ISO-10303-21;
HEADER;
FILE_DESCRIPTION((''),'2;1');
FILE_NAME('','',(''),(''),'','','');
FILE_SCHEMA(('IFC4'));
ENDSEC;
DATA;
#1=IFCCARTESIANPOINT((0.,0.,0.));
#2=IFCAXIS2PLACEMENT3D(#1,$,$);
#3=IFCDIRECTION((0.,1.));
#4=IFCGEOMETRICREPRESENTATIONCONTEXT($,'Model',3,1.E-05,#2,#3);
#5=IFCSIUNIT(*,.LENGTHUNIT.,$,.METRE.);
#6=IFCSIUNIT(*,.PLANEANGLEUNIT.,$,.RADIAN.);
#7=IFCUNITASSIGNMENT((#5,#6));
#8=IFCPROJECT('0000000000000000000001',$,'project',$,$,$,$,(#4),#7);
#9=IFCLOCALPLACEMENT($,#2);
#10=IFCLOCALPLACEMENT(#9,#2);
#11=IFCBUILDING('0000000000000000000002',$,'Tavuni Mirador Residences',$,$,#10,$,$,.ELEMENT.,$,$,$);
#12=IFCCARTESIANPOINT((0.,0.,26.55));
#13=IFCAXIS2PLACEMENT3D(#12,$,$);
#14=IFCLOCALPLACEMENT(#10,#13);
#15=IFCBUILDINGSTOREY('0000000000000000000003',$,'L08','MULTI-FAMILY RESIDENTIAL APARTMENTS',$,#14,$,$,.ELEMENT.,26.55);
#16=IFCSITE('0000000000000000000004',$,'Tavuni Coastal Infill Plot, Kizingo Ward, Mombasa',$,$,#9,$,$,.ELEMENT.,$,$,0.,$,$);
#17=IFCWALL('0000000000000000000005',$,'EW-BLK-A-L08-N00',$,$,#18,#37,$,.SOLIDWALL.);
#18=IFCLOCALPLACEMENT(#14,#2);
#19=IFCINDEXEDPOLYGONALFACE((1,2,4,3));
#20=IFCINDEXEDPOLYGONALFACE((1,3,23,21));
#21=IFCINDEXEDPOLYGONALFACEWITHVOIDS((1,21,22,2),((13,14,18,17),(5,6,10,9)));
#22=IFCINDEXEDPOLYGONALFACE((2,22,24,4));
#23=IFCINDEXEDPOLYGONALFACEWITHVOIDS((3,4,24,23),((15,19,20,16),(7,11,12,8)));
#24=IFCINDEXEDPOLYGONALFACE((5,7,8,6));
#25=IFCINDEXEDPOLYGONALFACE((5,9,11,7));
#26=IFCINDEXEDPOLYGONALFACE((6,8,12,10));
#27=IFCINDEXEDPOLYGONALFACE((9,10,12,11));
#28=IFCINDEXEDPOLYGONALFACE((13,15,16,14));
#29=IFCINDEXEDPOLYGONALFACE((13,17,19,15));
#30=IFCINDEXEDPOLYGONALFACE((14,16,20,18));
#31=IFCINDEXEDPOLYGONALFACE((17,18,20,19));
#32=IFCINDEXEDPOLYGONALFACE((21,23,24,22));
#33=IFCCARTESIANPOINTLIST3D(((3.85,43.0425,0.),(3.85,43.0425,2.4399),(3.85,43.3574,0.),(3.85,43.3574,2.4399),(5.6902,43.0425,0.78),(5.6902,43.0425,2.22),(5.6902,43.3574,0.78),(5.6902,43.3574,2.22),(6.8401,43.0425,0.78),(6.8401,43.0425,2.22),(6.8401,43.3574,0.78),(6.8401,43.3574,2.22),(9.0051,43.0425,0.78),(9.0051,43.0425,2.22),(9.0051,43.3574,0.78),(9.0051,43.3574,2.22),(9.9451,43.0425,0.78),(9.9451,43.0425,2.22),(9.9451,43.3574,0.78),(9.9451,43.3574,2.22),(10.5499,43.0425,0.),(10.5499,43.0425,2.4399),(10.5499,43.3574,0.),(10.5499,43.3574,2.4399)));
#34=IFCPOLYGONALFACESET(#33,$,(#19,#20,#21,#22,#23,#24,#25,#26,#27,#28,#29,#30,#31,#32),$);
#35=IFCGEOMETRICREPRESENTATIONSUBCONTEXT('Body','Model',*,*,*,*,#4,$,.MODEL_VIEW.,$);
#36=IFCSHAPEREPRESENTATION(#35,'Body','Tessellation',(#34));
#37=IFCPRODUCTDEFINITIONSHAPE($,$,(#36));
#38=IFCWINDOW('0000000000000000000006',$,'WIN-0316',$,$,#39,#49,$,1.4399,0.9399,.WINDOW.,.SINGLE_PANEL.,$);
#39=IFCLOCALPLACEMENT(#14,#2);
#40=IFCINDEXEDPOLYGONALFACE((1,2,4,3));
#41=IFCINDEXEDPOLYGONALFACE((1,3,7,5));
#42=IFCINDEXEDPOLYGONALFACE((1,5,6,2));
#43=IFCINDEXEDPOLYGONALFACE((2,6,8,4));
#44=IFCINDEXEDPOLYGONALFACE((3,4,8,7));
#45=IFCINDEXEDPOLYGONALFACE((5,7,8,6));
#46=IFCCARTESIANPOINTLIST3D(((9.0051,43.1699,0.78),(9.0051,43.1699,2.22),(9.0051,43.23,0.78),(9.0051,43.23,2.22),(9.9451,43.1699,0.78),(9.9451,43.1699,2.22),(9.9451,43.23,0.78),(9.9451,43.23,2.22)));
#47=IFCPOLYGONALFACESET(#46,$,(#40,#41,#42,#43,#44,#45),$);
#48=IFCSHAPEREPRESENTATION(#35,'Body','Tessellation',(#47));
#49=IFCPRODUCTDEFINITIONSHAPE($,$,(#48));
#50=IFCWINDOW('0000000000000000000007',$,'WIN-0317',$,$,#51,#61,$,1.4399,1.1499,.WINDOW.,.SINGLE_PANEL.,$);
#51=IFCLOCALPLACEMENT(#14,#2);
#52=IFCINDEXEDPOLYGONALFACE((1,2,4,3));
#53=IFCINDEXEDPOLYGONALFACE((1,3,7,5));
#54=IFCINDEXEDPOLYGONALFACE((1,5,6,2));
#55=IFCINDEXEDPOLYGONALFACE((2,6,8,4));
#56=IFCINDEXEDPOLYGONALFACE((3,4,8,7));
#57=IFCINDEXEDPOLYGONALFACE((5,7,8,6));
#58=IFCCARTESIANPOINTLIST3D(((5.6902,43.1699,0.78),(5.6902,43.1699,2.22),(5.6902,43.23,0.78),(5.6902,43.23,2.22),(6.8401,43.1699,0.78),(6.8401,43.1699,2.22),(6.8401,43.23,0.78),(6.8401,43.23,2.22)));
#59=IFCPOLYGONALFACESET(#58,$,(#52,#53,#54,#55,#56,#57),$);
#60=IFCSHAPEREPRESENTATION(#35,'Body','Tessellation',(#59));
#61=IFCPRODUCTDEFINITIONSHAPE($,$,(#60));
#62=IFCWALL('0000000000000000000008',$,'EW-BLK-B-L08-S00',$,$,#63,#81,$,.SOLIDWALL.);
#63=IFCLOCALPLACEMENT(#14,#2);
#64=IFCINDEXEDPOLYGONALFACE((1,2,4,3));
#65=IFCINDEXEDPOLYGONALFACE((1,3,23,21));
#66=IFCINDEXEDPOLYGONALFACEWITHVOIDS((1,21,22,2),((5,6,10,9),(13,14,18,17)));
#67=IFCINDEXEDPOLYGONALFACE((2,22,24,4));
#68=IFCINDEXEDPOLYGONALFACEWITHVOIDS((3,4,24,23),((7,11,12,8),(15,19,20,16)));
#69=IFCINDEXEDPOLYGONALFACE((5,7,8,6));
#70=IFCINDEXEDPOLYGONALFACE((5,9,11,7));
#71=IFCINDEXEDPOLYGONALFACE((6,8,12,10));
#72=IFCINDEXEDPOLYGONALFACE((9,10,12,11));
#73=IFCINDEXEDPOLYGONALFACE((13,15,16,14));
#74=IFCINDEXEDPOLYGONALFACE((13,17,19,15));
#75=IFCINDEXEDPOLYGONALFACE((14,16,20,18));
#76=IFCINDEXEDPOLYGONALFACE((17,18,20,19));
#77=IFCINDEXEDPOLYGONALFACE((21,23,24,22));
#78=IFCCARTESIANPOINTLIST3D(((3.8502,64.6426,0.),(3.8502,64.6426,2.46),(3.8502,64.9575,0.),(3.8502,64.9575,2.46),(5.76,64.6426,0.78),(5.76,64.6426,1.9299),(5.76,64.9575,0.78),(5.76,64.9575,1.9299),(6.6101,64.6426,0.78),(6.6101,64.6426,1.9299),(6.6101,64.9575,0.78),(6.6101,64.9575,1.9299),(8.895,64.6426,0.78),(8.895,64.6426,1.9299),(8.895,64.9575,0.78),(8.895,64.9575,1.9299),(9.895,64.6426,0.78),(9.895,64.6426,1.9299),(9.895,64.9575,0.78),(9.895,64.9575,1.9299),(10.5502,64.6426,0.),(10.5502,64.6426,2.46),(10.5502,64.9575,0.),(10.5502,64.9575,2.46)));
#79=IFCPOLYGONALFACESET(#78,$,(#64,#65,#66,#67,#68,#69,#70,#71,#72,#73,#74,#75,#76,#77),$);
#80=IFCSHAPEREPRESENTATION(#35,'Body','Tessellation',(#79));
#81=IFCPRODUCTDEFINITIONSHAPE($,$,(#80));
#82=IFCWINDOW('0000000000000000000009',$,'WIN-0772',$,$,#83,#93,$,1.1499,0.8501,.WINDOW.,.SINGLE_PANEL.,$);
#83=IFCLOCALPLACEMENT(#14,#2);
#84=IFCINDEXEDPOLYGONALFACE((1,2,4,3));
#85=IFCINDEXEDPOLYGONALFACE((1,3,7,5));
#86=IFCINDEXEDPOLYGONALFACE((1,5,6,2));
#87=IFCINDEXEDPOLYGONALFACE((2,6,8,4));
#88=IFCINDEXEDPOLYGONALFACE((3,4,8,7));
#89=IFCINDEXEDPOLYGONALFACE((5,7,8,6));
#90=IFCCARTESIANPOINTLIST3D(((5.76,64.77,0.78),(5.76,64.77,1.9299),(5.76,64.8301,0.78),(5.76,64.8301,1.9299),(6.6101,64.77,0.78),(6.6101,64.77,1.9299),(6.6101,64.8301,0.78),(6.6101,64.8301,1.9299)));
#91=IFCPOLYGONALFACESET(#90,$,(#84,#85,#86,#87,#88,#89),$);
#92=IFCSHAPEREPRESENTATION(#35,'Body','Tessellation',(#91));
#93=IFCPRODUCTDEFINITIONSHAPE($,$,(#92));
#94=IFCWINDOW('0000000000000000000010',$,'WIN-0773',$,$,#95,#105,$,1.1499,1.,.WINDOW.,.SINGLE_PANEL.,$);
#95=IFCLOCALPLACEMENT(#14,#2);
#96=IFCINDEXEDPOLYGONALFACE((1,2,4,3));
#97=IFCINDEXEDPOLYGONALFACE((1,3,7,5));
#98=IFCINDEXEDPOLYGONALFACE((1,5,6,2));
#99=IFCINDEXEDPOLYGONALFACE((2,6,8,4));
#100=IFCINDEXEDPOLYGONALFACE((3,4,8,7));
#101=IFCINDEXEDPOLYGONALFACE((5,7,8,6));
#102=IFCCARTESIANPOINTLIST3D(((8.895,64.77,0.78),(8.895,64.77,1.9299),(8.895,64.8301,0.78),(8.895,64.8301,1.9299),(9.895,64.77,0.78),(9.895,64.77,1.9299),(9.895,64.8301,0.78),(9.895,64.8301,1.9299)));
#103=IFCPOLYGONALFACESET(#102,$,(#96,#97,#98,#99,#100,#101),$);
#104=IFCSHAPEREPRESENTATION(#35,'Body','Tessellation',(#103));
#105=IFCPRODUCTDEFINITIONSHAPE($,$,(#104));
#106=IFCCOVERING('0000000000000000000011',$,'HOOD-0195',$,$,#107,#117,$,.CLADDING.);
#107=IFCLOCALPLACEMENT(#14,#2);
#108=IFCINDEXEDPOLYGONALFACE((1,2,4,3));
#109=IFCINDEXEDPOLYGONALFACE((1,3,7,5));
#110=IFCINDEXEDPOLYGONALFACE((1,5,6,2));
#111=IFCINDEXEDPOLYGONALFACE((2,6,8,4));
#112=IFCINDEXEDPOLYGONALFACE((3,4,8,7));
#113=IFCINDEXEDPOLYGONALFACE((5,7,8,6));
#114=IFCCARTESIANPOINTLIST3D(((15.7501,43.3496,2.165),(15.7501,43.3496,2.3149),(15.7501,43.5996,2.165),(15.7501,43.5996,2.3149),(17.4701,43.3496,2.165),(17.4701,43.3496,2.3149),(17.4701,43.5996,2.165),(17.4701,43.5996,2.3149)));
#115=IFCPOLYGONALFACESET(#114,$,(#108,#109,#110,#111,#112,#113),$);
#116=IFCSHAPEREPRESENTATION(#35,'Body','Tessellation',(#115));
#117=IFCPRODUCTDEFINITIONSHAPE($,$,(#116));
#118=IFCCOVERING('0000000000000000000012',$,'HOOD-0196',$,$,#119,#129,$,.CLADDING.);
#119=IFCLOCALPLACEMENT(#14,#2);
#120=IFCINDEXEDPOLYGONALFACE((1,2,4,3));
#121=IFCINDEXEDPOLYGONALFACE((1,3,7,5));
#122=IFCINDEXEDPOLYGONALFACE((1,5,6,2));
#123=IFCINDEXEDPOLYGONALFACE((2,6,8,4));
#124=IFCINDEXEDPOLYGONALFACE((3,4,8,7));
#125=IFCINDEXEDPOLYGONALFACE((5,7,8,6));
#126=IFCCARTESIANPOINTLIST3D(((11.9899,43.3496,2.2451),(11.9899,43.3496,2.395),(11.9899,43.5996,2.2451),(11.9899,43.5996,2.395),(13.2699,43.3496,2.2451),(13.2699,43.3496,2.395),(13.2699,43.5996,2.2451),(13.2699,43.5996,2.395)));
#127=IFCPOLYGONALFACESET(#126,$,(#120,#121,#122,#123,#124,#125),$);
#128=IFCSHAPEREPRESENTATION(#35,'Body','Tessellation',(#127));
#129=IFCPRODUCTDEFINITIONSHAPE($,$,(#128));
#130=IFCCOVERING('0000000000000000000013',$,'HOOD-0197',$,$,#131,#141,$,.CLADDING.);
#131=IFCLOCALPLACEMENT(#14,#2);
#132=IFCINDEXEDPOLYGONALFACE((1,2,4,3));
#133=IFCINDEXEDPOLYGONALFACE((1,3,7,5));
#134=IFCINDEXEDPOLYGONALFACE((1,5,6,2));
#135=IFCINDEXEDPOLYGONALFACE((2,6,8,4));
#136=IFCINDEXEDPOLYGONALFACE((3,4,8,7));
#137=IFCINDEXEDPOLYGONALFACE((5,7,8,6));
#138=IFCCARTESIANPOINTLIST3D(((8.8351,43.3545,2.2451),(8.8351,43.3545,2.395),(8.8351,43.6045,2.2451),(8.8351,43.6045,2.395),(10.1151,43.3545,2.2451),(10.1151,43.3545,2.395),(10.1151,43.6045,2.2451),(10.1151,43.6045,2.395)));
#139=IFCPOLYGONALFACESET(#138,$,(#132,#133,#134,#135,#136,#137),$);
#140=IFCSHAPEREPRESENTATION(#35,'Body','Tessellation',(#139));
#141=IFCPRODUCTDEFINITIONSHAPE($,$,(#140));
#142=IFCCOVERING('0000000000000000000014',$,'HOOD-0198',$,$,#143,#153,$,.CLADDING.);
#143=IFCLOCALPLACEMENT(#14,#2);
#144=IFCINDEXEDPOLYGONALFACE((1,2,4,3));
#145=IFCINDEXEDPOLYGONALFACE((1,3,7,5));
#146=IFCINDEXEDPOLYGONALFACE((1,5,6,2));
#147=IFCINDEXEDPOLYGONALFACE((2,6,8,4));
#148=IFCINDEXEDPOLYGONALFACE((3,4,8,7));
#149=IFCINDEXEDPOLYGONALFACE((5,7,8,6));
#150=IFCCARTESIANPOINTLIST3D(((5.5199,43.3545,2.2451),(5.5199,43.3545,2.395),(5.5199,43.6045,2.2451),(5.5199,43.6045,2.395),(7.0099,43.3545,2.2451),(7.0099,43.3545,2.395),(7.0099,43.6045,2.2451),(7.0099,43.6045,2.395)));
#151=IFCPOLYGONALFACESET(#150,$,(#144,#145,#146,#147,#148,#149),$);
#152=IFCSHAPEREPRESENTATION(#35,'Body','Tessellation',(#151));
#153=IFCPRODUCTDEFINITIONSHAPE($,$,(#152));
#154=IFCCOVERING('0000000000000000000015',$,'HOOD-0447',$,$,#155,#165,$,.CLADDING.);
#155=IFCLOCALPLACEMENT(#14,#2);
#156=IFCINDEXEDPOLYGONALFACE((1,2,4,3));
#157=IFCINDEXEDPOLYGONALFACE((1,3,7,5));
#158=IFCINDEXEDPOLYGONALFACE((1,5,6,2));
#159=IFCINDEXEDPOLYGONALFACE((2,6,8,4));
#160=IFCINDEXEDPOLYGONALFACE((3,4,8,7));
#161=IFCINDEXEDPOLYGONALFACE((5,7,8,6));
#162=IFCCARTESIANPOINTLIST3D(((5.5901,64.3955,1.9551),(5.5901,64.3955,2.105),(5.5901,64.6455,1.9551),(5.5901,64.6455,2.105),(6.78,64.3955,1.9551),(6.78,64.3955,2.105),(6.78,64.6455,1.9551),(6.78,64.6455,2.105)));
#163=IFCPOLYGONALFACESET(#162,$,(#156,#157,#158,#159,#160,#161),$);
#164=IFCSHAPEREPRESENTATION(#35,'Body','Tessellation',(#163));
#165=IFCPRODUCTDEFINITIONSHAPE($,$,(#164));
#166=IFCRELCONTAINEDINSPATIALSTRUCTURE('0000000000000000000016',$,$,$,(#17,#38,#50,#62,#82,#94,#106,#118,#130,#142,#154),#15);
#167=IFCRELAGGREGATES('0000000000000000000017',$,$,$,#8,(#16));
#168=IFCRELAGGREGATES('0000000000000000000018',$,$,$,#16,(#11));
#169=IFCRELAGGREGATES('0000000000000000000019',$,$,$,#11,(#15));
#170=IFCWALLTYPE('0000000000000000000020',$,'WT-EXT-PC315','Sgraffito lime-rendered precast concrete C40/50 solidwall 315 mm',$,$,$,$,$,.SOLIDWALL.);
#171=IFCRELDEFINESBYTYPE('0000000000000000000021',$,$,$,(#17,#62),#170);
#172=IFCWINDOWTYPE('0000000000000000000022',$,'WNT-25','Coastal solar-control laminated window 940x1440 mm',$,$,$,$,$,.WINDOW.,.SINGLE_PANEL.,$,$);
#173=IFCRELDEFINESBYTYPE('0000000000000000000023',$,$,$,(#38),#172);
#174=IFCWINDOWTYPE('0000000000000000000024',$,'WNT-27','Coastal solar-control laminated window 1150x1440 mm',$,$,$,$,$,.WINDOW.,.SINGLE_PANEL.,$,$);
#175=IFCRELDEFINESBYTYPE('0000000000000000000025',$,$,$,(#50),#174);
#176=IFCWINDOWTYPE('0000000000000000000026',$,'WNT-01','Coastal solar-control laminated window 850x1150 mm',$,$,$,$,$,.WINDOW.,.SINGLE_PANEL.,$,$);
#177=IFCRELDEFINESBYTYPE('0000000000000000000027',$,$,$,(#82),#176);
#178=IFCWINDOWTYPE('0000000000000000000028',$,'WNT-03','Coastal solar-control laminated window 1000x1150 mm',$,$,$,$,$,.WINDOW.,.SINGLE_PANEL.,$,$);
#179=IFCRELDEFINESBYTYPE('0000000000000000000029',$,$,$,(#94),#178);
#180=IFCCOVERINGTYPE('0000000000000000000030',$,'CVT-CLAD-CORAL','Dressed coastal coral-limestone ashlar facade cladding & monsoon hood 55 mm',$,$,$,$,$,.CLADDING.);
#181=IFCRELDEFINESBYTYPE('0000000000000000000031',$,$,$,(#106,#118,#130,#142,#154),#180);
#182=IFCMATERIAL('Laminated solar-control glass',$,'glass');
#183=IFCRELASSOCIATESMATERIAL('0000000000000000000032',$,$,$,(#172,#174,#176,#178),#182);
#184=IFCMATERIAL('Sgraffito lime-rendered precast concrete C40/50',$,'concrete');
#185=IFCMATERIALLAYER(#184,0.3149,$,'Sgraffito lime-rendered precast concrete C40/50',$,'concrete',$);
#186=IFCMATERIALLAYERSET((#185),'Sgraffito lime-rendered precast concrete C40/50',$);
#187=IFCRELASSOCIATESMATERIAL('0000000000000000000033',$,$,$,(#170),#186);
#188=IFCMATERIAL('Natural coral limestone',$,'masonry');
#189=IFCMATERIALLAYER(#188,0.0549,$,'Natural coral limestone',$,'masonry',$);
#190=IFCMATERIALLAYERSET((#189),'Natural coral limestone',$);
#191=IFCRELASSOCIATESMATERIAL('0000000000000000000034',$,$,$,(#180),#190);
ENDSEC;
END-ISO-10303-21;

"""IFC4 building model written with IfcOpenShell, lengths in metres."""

from ifc_helpers import new_model, si_unit, direction, frame, frame_2d, origin, origin_2d, place, context, subcontext, project, spatial, rectangle, extrude, material, layer, layer_set, type_object, element, fill, save


model = new_model("IFC4")

# Units and contexts
model_context = context("Model", 3, precision=1e-05, world=origin(), true_north=direction((0.0, 1.0)))
body_context = subcontext(model_context, "Body", "Model", "MODEL_VIEW")
ifc_project = project(units=[si_unit("LENGTHUNIT", "METRE"), si_unit("PLANEANGLEUNIT", "RADIAN")], contexts=[model_context])

# Site, building, storey
site_placement = place(None, origin())
site = spatial("IfcSite", under=ifc_project, at=site_placement, Name="Tavuni Coastal Infill Plot, Kizingo Ward, Mombasa", CompositionType="ELEMENT", RefElevation=0.0)
building_placement = place(site_placement, origin())
building = spatial("IfcBuilding", under=site, at=building_placement, Name="Tavuni Mirador Residences", CompositionType="ELEMENT")
storey_placement = place(building_placement, frame((0.0, 0.0, 26.55)))
storey = spatial("IfcBuildingStorey", under=building, at=storey_placement, Name="L08", Description="MULTI-FAMILY RESIDENTIAL APARTMENTS", CompositionType="ELEMENT", Elevation=26.55)

# Walls, openings, windows
ifc_material_1 = material(Name="Sgraffito lime-rendered precast concrete C40/50", Category="concrete")
ifc_material_2 = material(Name="Laminated solar-control glass", Category="glass")
window_type_1 = type_object("IfcWindowType", Name="WNT-25", Description="Coastal solar-control laminated window 940x1440 mm", PartitioningType="SINGLE_PANEL", PredefinedType="WINDOW", material=ifc_material_2)
ifc_layer_1 = layer(ifc_material_1, 0.3149, Name="Sgraffito lime-rendered precast concrete C40/50", Category="concrete")
ifc_layer_set_1 = layer_set([ifc_layer_1], Name="Sgraffito lime-rendered precast concrete C40/50")
wall_type_1 = type_object("IfcWallType", Name="WT-EXT-PC315", Description="Sgraffito lime-rendered precast concrete C40/50 solidwall 315 mm", PredefinedType="SOLIDWALL", material=ifc_layer_set_1)
wall_1_placement = place(storey_placement, frame((10.55, 43.2, 0.0), z_axis=(0.0, 0.0, 1.0), x_axis=(-1.0, 0.0, 0.0)))
wall_1 = element("IfcWall", 1, at=wall_1_placement, inside=storey, type_object=wall_type_1, Name="EW-BLK-A-L08-N00", PredefinedType="SOLIDWALL", context=body_context, shape_type="SweptSolid", body=[
    extrude(rectangle(XDim=6.7, YDim=0.3149, at=frame_2d((3.3501, 0.0))), origin(), (0.0, 0.0, 1.0), 2.4399),
])
opening_1_placement = place(wall_1_placement, frame((0.605, 0.0, 0.78)))
opening_1 = element("IfcOpeningElement", 2, at=opening_1_placement, cuts=wall_1, PredefinedType="OPENING", context=body_context, shape_type="SweptSolid", body=[
    extrude(rectangle(XDim=0.9399, YDim=1.4399, at=frame_2d((0.47, 0.72))), frame((0.0, 0.1675, 0.0), z_axis=(0.0, -1.0, 0.0), x_axis=(1.0, 0.0, 0.0)), (0.0, 0.0, 1.0), 0.335),
])
opening_2_placement = place(wall_1_placement, frame((3.71, 0.0, 0.78)))
opening_2 = element("IfcOpeningElement", 3, at=opening_2_placement, cuts=wall_1, PredefinedType="OPENING", context=body_context, shape_type="SweptSolid", body=[
    extrude(rectangle(XDim=1.1499, YDim=1.4399, at=frame_2d((0.575, 0.72))), frame((0.0, 0.1675, 0.0), z_axis=(0.0, -1.0, 0.0), x_axis=(1.0, 0.0, 0.0)), (0.0, 0.0, 1.0), 0.335),
])
window_1_placement = place(opening_1_placement, origin())
window_1 = element("IfcWindow", 4, at=window_1_placement, inside=storey, type_object=window_type_1, Name="WIN-0316", OverallHeight=1.4399, OverallWidth=0.9399, PartitioningType="SINGLE_PANEL", PredefinedType="WINDOW", context=body_context, shape_type="SweptSolid", body=[
    extrude(rectangle(XDim=0.9399, YDim=1.4399, at=frame_2d((0.47, 0.72))), frame((0.0, 0.03, 0.0), z_axis=(0.0, -1.0, 0.0), x_axis=(1.0, 0.0, 0.0)), (0.0, 0.0, 1.0), 0.0601),
])
fill(opening_1, window_1)
window_type_2 = type_object("IfcWindowType", Name="WNT-27", Description="Coastal solar-control laminated window 1150x1440 mm", PartitioningType="SINGLE_PANEL", PredefinedType="WINDOW", material=ifc_material_2)
window_2_placement = place(opening_2_placement, origin())
window_2 = element("IfcWindow", 5, at=window_2_placement, inside=storey, type_object=window_type_2, Name="WIN-0317", OverallHeight=1.4399, OverallWidth=1.1499, PartitioningType="SINGLE_PANEL", PredefinedType="WINDOW", context=body_context, shape_type="SweptSolid", body=[
    extrude(rectangle(XDim=1.1499, YDim=1.4399, at=frame_2d((0.575, 0.72))), frame((0.0, 0.03, 0.0), z_axis=(0.0, -1.0, 0.0), x_axis=(1.0, 0.0, 0.0)), (0.0, 0.0, 1.0), 0.0601),
])
fill(opening_2, window_2)
wall_2_placement = place(storey_placement, frame((3.8501, 64.8, 0.0), z_axis=(0.0, 0.0, 1.0), x_axis=(1.0, 0.0, 0.0)))
wall_2 = element("IfcWall", 6, at=wall_2_placement, inside=storey, type_object=wall_type_1, Name="EW-BLK-B-L08-S00", PredefinedType="SOLIDWALL", context=body_context, shape_type="SweptSolid", body=[
    extrude(rectangle(XDim=6.7, YDim=0.3149, at=frame_2d((3.3501, 0.0))), origin(), (0.0, 0.0, 1.0), 2.46),
])
opening_3_placement = place(wall_2_placement, frame((1.9099, 0.0, 0.78)))
opening_3 = element("IfcOpeningElement", 7, at=opening_3_placement, cuts=wall_2, PredefinedType="OPENING", context=body_context, shape_type="SweptSolid", body=[
    extrude(rectangle(XDim=0.8501, YDim=1.1499, at=frame_2d((0.425, 0.575))), frame((0.0, 0.1675, 0.0), z_axis=(0.0, -1.0, 0.0), x_axis=(1.0, 0.0, 0.0)), (0.0, 0.0, 1.0), 0.335),
])
opening_4_placement = place(wall_2_placement, frame((5.0449, 0.0, 0.78)))
opening_4 = element("IfcOpeningElement", 8, at=opening_4_placement, cuts=wall_2, PredefinedType="OPENING", context=body_context, shape_type="SweptSolid", body=[
    extrude(rectangle(XDim=1.0, YDim=1.1499, at=frame_2d((0.5, 0.575))), frame((0.0, 0.1675, 0.0), z_axis=(0.0, -1.0, 0.0), x_axis=(1.0, 0.0, 0.0)), (0.0, 0.0, 1.0), 0.335),
])
window_type_3 = type_object("IfcWindowType", Name="WNT-01", Description="Coastal solar-control laminated window 850x1150 mm", PartitioningType="SINGLE_PANEL", PredefinedType="WINDOW", material=ifc_material_2)
window_3_placement = place(opening_3_placement, origin())
window_3 = element("IfcWindow", 9, at=window_3_placement, inside=storey, type_object=window_type_3, Name="WIN-0772", OverallHeight=1.1499, OverallWidth=0.8501, PartitioningType="SINGLE_PANEL", PredefinedType="WINDOW", context=body_context, shape_type="SweptSolid", body=[
    extrude(rectangle(XDim=0.8501, YDim=1.1499, at=frame_2d((0.425, 0.575))), frame((0.0, 0.03, 0.0), z_axis=(0.0, -1.0, 0.0), x_axis=(1.0, 0.0, 0.0)), (0.0, 0.0, 1.0), 0.0601),
])
fill(opening_3, window_3)
window_type_4 = type_object("IfcWindowType", Name="WNT-03", Description="Coastal solar-control laminated window 1000x1150 mm", PartitioningType="SINGLE_PANEL", PredefinedType="WINDOW", material=ifc_material_2)
window_4_placement = place(opening_4_placement, origin())
window_4 = element("IfcWindow", 10, at=window_4_placement, inside=storey, type_object=window_type_4, Name="WIN-0773", OverallHeight=1.1499, OverallWidth=1.0, PartitioningType="SINGLE_PANEL", PredefinedType="WINDOW", context=body_context, shape_type="SweptSolid", body=[
    extrude(rectangle(XDim=1.0, YDim=1.1499, at=frame_2d((0.5, 0.575))), frame((0.0, 0.03, 0.0), z_axis=(0.0, -1.0, 0.0), x_axis=(1.0, 0.0, 0.0)), (0.0, 0.0, 1.0), 0.0601),
])
fill(opening_4, window_4)

# Coverings
ifc_material_3 = material(Name="Natural coral limestone", Category="masonry")
ifc_layer_2 = layer(ifc_material_3, 0.0549, Name="Natural coral limestone", Category="masonry")
ifc_layer_set_2 = layer_set([ifc_layer_2], Name="Natural coral limestone")
covering_type = type_object("IfcCoveringType", Name="CVT-CLAD-CORAL", Description="Dressed coastal coral-limestone ashlar facade cladding & monsoon hood 55 mm", PredefinedType="CLADDING", material=ifc_layer_set_2)
covering_1_placement = place(storey_placement, frame((16.6101, 43.4746, 2.165), z_axis=(0.0, 0.0, 1.0), x_axis=(-1.0, 0.0, 0.0)))
element("IfcCovering", 11, at=covering_1_placement, inside=storey, type_object=covering_type, Name="HOOD-0195", PredefinedType="CLADDING", context=body_context, shape_type="SweptSolid", body=[
    extrude(rectangle(XDim=1.72, YDim=0.25, at=origin_2d()), origin(), (0.0, 0.0, 1.0), 0.1499),
])
for number, where, z_axis, x_axis, name in (
    (12, (12.6299, 43.4746, 2.2451), (0.0, 0.0, 1.0), (-1.0, 0.0, 0.0), "HOOD-0196"),
    (13, (9.4751, 43.4795, 2.2451), (0.0, 0.0, 1.0), (-1.0, 0.0, 0.0), "HOOD-0197"),
):
    element("IfcCovering", number, at=place(storey_placement, frame(where, z_axis=z_axis, x_axis=x_axis)), inside=storey, type_object=covering_type, Name=name, PredefinedType="CLADDING", context=body_context, shape_type="SweptSolid", body=[
        extrude(rectangle(XDim=1.28, YDim=0.25, at=origin_2d()), origin(), (0.0, 0.0, 1.0), 0.1499),
    ])
covering_2_placement = place(storey_placement, frame((6.2649, 43.4795, 2.2451), z_axis=(0.0, 0.0, 1.0), x_axis=(-1.0, 0.0, 0.0)))
element("IfcCovering", 14, at=covering_2_placement, inside=storey, type_object=covering_type, Name="HOOD-0198", PredefinedType="CLADDING", context=body_context, shape_type="SweptSolid", body=[
    extrude(rectangle(XDim=1.49, YDim=0.25, at=origin_2d()), origin(), (0.0, 0.0, 1.0), 0.1499),
])
covering_3_placement = place(storey_placement, frame((6.1851, 64.5205, 1.9551), z_axis=(0.0, 0.0, 1.0), x_axis=(1.0, 0.0, 0.0)))
element("IfcCovering", 15, at=covering_3_placement, inside=storey, type_object=covering_type, Name="HOOD-0447", PredefinedType="CLADDING", context=body_context, shape_type="SweptSolid", body=[
    extrude(rectangle(XDim=1.1899, YDim=0.25, at=origin_2d()), origin(), (0.0, 0.0, 1.0), 0.1499),
])

save(model, "model.ifc")
